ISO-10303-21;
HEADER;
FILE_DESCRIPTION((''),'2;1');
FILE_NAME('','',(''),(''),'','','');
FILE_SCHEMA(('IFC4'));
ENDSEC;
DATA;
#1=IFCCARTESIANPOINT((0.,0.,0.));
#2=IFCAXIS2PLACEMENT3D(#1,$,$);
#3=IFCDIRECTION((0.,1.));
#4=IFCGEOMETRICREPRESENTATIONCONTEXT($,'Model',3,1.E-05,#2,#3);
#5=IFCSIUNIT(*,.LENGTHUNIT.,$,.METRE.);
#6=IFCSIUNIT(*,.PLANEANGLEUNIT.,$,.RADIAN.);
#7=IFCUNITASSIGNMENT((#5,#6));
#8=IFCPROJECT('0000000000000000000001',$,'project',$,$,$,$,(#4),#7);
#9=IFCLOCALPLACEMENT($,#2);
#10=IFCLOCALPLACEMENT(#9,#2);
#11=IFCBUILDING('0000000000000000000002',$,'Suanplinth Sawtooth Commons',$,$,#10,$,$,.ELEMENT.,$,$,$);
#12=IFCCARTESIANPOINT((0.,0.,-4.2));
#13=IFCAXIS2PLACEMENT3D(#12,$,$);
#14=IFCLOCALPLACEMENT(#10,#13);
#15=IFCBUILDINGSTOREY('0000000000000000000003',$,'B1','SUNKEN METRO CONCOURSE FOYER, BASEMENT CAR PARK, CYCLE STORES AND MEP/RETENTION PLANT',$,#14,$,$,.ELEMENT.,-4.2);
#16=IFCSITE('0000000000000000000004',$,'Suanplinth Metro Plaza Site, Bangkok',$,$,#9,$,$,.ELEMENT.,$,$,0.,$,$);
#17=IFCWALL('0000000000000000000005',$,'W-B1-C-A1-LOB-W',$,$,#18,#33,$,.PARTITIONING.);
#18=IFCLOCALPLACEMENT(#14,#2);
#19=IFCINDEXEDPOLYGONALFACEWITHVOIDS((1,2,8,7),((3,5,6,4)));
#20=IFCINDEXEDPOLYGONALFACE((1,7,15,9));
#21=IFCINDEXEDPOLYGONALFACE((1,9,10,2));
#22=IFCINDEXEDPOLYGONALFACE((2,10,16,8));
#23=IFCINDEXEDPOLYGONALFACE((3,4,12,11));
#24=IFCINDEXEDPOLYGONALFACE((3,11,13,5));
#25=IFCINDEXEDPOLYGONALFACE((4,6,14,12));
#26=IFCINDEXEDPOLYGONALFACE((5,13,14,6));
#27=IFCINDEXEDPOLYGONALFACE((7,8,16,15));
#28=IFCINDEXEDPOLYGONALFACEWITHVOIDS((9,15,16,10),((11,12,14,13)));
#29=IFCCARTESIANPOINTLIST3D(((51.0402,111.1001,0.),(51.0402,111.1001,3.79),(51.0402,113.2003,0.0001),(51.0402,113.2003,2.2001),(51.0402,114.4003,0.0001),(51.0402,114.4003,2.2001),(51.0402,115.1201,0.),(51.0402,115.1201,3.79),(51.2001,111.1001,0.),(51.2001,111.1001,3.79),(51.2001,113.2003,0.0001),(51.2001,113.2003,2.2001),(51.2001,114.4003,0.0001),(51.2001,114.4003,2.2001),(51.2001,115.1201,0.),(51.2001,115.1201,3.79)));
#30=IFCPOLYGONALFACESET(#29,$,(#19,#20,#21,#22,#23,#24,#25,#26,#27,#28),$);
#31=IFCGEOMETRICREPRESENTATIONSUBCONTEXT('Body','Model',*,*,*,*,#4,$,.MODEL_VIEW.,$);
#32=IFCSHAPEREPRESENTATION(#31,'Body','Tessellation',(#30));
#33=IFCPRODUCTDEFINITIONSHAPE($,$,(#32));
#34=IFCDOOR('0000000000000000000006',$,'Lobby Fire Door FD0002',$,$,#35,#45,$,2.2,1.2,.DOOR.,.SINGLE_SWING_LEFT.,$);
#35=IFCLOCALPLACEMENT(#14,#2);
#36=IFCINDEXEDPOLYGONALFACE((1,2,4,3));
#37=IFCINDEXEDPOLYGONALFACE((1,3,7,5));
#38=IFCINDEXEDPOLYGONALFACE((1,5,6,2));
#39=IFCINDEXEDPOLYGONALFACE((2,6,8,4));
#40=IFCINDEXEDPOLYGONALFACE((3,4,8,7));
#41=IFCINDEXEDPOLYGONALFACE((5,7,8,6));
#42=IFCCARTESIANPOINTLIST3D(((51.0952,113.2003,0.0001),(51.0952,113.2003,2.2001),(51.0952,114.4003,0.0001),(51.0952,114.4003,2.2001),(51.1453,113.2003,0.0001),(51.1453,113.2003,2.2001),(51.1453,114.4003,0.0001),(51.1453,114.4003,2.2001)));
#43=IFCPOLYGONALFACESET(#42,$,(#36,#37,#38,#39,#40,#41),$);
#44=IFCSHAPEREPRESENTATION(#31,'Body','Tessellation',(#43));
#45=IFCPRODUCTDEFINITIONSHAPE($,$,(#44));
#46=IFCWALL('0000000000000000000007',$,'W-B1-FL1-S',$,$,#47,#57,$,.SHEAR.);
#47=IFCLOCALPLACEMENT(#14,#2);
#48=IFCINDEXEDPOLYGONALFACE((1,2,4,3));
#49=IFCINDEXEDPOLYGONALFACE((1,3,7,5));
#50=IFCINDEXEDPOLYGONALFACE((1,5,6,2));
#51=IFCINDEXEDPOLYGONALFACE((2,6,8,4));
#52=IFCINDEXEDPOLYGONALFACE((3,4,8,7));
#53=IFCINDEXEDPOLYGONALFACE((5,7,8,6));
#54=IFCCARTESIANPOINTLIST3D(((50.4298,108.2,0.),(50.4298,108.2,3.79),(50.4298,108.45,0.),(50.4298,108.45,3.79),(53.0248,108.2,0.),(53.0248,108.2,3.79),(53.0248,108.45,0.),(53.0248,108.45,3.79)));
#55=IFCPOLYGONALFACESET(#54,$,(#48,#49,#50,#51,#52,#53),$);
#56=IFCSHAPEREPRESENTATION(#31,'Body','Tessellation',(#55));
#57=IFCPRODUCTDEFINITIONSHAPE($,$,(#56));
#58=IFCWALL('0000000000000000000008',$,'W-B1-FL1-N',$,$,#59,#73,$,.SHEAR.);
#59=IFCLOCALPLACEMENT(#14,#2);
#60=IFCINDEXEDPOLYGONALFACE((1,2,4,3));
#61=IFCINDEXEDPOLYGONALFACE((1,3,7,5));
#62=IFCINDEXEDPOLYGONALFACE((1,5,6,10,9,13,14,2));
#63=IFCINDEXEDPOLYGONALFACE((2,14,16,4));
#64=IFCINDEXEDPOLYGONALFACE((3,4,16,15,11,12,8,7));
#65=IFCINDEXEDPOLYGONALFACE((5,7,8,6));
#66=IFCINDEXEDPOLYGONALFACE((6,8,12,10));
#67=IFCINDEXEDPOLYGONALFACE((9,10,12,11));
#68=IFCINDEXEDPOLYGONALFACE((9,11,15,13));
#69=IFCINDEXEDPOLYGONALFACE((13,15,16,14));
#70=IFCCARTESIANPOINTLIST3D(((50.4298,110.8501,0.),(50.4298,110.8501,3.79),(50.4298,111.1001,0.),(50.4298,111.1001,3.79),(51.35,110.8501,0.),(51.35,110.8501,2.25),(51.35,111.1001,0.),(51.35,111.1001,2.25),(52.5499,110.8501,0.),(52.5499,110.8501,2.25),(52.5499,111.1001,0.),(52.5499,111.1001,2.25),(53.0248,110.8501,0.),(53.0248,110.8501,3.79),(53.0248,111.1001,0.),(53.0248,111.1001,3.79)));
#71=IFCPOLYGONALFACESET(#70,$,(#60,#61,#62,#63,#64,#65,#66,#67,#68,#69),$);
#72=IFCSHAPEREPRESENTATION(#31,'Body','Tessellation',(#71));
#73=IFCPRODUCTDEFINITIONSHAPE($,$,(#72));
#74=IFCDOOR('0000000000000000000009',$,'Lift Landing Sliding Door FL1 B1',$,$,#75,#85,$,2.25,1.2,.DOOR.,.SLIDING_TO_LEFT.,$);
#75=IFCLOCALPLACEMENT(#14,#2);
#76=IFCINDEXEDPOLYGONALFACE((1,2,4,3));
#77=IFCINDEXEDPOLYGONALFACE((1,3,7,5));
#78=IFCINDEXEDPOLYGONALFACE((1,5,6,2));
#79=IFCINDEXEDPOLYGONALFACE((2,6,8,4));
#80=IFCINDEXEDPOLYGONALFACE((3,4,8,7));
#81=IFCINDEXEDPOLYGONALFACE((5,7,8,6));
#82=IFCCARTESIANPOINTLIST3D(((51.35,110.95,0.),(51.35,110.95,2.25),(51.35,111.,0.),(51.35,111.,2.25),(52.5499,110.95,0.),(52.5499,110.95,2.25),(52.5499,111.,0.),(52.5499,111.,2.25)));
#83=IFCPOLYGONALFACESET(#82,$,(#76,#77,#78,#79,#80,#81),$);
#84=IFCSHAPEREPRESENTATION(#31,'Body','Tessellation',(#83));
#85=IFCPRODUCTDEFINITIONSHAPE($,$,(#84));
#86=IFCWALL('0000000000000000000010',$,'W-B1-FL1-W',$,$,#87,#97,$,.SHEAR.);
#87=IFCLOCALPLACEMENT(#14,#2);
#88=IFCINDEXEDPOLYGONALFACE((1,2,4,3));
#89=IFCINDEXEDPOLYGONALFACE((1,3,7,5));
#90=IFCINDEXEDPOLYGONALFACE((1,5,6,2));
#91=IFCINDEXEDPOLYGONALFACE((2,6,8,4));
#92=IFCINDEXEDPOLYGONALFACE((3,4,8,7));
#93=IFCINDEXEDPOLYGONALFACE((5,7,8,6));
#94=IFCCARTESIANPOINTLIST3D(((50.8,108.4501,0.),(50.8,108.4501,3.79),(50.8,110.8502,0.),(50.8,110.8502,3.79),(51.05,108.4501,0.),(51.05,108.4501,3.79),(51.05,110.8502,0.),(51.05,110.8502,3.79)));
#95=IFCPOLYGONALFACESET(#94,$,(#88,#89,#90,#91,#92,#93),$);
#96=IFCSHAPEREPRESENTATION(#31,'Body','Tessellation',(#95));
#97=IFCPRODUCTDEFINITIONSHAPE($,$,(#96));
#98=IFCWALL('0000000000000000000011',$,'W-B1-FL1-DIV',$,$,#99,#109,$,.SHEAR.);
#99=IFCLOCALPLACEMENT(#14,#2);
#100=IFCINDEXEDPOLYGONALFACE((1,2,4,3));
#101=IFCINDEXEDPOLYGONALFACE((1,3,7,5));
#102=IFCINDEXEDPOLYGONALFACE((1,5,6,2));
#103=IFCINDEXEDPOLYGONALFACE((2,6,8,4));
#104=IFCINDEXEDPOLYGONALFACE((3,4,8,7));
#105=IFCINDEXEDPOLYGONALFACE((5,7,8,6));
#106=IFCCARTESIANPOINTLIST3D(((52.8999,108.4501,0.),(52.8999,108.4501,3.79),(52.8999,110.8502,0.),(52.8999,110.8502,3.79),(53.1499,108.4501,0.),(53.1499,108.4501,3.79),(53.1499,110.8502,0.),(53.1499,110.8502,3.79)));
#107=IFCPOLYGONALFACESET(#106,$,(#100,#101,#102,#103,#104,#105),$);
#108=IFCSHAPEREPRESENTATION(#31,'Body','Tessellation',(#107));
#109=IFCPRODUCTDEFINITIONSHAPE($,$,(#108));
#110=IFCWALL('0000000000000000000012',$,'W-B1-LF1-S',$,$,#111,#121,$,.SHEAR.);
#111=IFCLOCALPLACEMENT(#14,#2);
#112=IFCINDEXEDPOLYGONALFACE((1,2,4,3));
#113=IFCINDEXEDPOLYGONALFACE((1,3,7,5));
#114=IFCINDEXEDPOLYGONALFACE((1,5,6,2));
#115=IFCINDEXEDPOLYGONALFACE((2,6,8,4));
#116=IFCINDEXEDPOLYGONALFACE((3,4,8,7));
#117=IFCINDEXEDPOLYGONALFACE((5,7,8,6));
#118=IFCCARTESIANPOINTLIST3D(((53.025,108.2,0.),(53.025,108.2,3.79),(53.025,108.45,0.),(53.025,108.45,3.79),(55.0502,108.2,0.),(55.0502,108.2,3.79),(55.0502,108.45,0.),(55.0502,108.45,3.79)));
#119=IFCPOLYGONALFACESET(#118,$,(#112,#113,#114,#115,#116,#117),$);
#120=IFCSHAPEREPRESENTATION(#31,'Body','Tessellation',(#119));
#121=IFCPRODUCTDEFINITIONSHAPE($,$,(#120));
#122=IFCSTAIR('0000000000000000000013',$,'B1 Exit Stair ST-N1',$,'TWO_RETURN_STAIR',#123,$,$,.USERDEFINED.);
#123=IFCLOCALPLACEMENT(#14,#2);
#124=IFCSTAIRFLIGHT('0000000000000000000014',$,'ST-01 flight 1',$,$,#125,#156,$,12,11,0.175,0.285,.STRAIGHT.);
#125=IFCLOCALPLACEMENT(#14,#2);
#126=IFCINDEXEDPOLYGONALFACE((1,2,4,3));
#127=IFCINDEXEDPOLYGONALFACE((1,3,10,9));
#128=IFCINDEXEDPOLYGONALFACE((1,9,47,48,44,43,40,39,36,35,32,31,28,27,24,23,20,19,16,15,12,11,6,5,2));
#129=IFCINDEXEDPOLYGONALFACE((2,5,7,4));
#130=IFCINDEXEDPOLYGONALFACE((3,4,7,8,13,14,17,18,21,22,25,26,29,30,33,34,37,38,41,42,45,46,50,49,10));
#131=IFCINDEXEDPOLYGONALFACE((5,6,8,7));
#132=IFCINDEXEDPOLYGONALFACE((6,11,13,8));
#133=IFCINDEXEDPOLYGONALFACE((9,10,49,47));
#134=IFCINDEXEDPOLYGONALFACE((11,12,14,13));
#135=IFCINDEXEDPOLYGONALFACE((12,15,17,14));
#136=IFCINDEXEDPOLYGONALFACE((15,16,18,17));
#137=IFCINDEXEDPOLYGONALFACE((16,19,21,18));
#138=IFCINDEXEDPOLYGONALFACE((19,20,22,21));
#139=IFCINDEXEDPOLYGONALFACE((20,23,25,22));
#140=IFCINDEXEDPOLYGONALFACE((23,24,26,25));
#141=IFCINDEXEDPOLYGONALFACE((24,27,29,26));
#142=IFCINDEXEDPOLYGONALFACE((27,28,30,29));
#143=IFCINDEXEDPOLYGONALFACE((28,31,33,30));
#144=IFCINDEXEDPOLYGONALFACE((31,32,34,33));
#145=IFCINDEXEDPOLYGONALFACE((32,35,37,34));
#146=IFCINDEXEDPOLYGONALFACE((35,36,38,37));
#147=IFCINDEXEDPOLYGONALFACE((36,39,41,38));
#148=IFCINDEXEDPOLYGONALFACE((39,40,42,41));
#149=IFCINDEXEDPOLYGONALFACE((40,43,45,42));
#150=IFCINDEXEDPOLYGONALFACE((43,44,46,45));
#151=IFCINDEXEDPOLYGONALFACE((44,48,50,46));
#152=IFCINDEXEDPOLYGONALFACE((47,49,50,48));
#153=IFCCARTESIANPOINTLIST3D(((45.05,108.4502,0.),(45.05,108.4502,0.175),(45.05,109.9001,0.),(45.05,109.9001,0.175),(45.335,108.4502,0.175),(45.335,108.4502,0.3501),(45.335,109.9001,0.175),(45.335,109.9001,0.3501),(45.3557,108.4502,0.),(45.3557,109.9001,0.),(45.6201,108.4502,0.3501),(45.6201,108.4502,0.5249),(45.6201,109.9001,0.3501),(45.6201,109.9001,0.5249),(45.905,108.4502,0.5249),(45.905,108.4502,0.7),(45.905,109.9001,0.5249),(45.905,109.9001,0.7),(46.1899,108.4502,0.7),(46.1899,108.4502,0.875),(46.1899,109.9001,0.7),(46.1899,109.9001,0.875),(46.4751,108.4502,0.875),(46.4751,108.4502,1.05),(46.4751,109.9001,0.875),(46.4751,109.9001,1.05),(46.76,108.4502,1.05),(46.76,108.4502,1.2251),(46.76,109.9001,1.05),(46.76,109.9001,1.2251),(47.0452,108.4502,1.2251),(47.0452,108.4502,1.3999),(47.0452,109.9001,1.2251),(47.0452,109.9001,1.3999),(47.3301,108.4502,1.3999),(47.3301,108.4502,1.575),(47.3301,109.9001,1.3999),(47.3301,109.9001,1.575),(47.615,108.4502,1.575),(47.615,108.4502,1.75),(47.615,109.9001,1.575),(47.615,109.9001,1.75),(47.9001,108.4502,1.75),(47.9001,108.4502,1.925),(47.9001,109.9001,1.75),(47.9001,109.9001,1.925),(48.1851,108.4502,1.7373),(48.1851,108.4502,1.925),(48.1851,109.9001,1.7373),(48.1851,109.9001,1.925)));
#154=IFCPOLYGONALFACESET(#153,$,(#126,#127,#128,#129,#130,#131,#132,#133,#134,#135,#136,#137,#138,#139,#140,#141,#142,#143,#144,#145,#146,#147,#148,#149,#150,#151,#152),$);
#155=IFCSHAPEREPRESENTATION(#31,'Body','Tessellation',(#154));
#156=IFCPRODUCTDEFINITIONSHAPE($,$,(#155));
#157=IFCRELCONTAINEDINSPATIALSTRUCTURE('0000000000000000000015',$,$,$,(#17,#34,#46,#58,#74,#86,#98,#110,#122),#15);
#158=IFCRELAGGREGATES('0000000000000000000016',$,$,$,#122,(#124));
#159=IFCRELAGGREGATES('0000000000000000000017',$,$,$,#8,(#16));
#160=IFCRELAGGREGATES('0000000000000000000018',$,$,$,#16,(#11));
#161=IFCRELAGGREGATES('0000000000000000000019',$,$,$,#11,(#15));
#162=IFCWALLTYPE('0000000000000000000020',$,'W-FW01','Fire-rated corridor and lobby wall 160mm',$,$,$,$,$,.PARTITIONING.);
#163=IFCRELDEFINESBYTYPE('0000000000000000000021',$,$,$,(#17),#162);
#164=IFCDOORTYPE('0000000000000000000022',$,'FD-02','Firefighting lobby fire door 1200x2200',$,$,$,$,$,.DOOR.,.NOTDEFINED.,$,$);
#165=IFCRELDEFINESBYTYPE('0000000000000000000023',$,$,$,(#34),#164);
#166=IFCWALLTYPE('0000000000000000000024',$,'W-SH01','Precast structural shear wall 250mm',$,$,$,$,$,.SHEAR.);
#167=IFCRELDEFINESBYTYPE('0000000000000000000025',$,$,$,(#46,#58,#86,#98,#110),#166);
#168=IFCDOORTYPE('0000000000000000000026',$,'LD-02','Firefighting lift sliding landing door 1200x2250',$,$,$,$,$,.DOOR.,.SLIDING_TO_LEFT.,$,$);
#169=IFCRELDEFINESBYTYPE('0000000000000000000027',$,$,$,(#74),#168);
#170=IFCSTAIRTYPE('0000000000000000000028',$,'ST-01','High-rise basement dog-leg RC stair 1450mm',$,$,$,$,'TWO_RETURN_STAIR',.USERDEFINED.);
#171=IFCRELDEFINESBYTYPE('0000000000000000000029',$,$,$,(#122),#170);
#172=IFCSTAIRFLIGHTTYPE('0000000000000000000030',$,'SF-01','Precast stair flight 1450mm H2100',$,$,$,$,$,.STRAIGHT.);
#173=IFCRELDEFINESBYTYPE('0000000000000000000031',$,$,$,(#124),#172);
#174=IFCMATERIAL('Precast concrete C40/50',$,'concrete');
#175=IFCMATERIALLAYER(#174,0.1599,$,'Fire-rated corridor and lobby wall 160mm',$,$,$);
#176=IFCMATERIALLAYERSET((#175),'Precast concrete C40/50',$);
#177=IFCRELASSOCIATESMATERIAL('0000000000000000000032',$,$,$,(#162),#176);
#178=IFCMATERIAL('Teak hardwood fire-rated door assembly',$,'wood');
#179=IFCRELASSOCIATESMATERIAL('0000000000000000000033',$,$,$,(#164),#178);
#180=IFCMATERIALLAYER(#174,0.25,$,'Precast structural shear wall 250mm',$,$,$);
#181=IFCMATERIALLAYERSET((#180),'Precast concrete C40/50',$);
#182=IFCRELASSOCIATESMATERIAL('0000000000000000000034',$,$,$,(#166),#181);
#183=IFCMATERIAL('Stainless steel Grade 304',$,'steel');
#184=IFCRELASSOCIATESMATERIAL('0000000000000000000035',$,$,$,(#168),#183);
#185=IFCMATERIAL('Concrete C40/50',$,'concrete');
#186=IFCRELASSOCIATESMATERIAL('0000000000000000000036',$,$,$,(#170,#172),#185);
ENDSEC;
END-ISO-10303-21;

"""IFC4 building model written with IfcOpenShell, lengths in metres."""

from ifc_helpers import new_model, si_unit, direction, frame, frame_2d, origin, place, context, subcontext, project, spatial, polyline, rectangle, outline, extrude, material, layer, layer_set, type_object, element, fill, aggregate, save


model = new_model("IFC4")

# Units and contexts
model_context = context("Model", 3, precision=1e-05, world=origin(), true_north=direction((0.0, 1.0)))
body_context = subcontext(model_context, "Body", "Model", "MODEL_VIEW")
ifc_project = project(units=[si_unit("LENGTHUNIT", "METRE"), si_unit("PLANEANGLEUNIT", "RADIAN")], contexts=[model_context])

# Site, building, storey
site_placement = place(None, origin())
site = spatial("IfcSite", under=ifc_project, at=site_placement, Name="Suanplinth Metro Plaza Site, Bangkok", CompositionType="ELEMENT", RefElevation=0.0)
building_placement = place(site_placement, origin())
building = spatial("IfcBuilding", under=site, at=building_placement, Name="Suanplinth Sawtooth Commons", CompositionType="ELEMENT")
storey_placement = place(building_placement, frame((0.0, 0.0, -4.2)))
storey = spatial("IfcBuildingStorey", under=building, at=storey_placement, Name="B1", Description="SUNKEN METRO CONCOURSE FOYER, BASEMENT CAR PARK, CYCLE STORES AND MEP/RETENTION PLANT", CompositionType="ELEMENT", Elevation=-4.2)

# Shared definitions
ifc_material_1 = material(Name="Concrete C40/50", Category="concrete")

# Wall, opening, door
ifc_material_2 = material(Name="Precast concrete C40/50", Category="concrete")
ifc_layer_1 = layer(ifc_material_2, 0.1599, Name="Fire-rated corridor and lobby wall 160mm")
ifc_layer_set_1 = layer_set([ifc_layer_1], Name="Precast concrete C40/50")
wall_type_1 = type_object("IfcWallType", Name="W-FW01", Description="Fire-rated corridor and lobby wall 160mm", PredefinedType="PARTITIONING", material=ifc_layer_set_1)
wall_1_placement = place(storey_placement, frame((51.1201, 111.1001, 0.0), z_axis=(0.0, 0.0, 1.0), x_axis=(0.0, 1.0, 0.0)))
wall_1 = element("IfcWall", 1, at=wall_1_placement, inside=storey, type_object=wall_type_1, Name="W-B1-C-A1-LOB-W", PredefinedType="PARTITIONING", context=body_context, shape_type="SweptSolid", body=[
    extrude(rectangle(XDim=4.02, YDim=0.1599, at=frame_2d((2.01, 0.0))), origin(), (0.0, 0.0, 1.0), 3.79),
])
opening_1_placement = place(wall_1_placement, frame((2.1001, 0.0, 0.0)))
opening_1 = element("IfcOpeningElement", 2, at=opening_1_placement, cuts=wall_1, PredefinedType="OPENING", context=body_context, shape_type="SweptSolid", body=[
    extrude(rectangle(XDim=1.2, YDim=2.2, at=frame_2d((0.6001, 1.1001))), frame((0.0, 0.0947, 0.0), z_axis=(0.0, -1.0, 0.0), x_axis=(1.0, 0.0, 0.0)), (0.0, 0.0, 1.0), 0.1897),
])
ifc_material_3 = material(Name="Teak hardwood fire-rated door assembly", Category="wood")
door_type_1 = type_object("IfcDoorType", Name="FD-02", Description="Firefighting lobby fire door 1200x2200", OperationType="NOTDEFINED", PredefinedType="DOOR", material=ifc_material_3)
door_1_placement = place(opening_1_placement, origin())
door_1 = element("IfcDoor", 3, at=door_1_placement, inside=storey, type_object=door_type_1, Name="Lobby Fire Door FD0002", OperationType="SINGLE_SWING_LEFT", OverallHeight=2.2, OverallWidth=1.2, PredefinedType="DOOR", context=body_context, shape_type="SweptSolid", body=[
    extrude(rectangle(XDim=1.2, YDim=2.2, at=frame_2d((0.6001, 1.1001))), frame((0.0, 0.0249, 0.0), z_axis=(0.0, -1.0, 0.0), x_axis=(1.0, 0.0, 0.0)), (0.0, 0.0, 1.0), 0.05),
])
fill(opening_1, door_1)

# Wall
ifc_layer_2 = layer(ifc_material_2, 0.25, Name="Precast structural shear wall 250mm")
ifc_layer_set_2 = layer_set([ifc_layer_2], Name="Precast concrete C40/50")
wall_type_2 = type_object("IfcWallType", Name="W-SH01", Description="Precast structural shear wall 250mm", PredefinedType="SHEAR", material=ifc_layer_set_2)
wall_2_placement = place(storey_placement, frame((50.4299, 108.325, 0.0), z_axis=(0.0, 0.0, 1.0), x_axis=(1.0, 0.0, 0.0)))
element("IfcWall", 4, at=wall_2_placement, inside=storey, type_object=wall_type_2, Name="W-B1-FL1-S", PredefinedType="SHEAR", context=body_context, shape_type="SweptSolid", body=[
    extrude(rectangle(XDim=2.595, YDim=0.25, at=frame_2d((1.2974, 0.0))), origin(), (0.0, 0.0, 1.0), 3.79),
])

# Wall, opening, door
wall_3_placement = place(storey_placement, frame((50.4299, 110.9751, 0.0), z_axis=(0.0, 0.0, 1.0), x_axis=(1.0, 0.0, 0.0)))
wall_3 = element("IfcWall", 5, at=wall_3_placement, inside=storey, type_object=wall_type_2, Name="W-B1-FL1-N", PredefinedType="SHEAR", context=body_context, shape_type="SweptSolid", body=[
    extrude(rectangle(XDim=2.595, YDim=0.25, at=frame_2d((1.2974, 0.0))), origin(), (0.0, 0.0, 1.0), 3.79),
])
opening_2_placement = place(wall_3_placement, frame((0.9199, 0.0, 0.0)))
opening_2 = element("IfcOpeningElement", 6, at=opening_2_placement, cuts=wall_3, PredefinedType="OPENING", context=body_context, shape_type="SweptSolid", body=[
    extrude(rectangle(XDim=1.2, YDim=2.25, at=frame_2d((0.6001, 1.125))), frame((0.0, 0.1399, 0.0), z_axis=(0.0, -1.0, 0.0), x_axis=(1.0, 0.0, 0.0)), (0.0, 0.0, 1.0), 0.2798),
])
ifc_material_4 = material(Name="Stainless steel Grade 304", Category="steel")
door_type_2 = type_object("IfcDoorType", Name="LD-02", Description="Firefighting lift sliding landing door 1200x2250", OperationType="SLIDING_TO_LEFT", PredefinedType="DOOR", material=ifc_material_4)
door_2_placement = place(opening_2_placement, origin())
door_2 = element("IfcDoor", 7, at=door_2_placement, inside=storey, type_object=door_type_2, Name="Lift Landing Sliding Door FL1 B1", OperationType="SLIDING_TO_LEFT", OverallHeight=2.25, OverallWidth=1.2, PredefinedType="DOOR", context=body_context, shape_type="SweptSolid", body=[
    extrude(rectangle(XDim=1.2, YDim=2.25, at=frame_2d((0.6001, 1.125))), frame((0.0, 0.0249, 0.0), z_axis=(0.0, -1.0, 0.0), x_axis=(1.0, 0.0, 0.0)), (0.0, 0.0, 1.0), 0.05),
])
fill(opening_2, door_2)

# Walls
for number, where, z_axis, x_axis, name in (
    (8, (50.925, 108.45, 0.0), (0.0, 0.0, 1.0), (0.0, 1.0, 0.0), "W-B1-FL1-W"),
    (9, (53.0249, 108.45, 0.0), (0.0, 0.0, 1.0), (0.0, 1.0, 0.0), "W-B1-FL1-DIV"),
):
    element("IfcWall", number, at=place(storey_placement, frame(where, z_axis=z_axis, x_axis=x_axis)), inside=storey, type_object=wall_type_2, Name=name, PredefinedType="SHEAR", context=body_context, shape_type="SweptSolid", body=[
        extrude(rectangle(XDim=2.4001, YDim=0.25, at=frame_2d((1.2002, 0.0))), origin(), (0.0, 0.0, 1.0), 3.79),
    ])
wall_4_placement = place(storey_placement, frame((53.0249, 108.325, 0.0), z_axis=(0.0, 0.0, 1.0), x_axis=(1.0, 0.0, 0.0)))
element("IfcWall", 10, at=wall_4_placement, inside=storey, type_object=wall_type_2, Name="W-B1-LF1-S", PredefinedType="SHEAR", context=body_context, shape_type="SweptSolid", body=[
    extrude(rectangle(XDim=2.0251, YDim=0.25, at=frame_2d((1.0127, 0.0))), origin(), (0.0, 0.0, 1.0), 3.79),
])

# Stair, stair flight
stair_type = type_object("IfcStairType", Name="ST-01", Description="High-rise basement dog-leg RC stair 1450mm", ElementType="TWO_RETURN_STAIR", PredefinedType="USERDEFINED", material=ifc_material_1)
stair_placement = place(storey_placement, origin())
stair = element("IfcStair", 11, at=stair_placement, inside=storey, type_object=stair_type, Name="B1 Exit Stair ST-N1", ObjectType="TWO_RETURN_STAIR", PredefinedType="USERDEFINED")
stair_flight_type = type_object("IfcStairFlightType", Name="SF-01", Description="Precast stair flight 1450mm H2100", PredefinedType="STRAIGHT", material=ifc_material_1)
stair_flight_1_placement = place(storey_placement, frame((45.05, 109.175, 0.0), z_axis=(0.0, 0.0, 1.0), x_axis=(1.0, 0.0, 0.0)))
stair_flight_1 = element("IfcStairFlight", 12, at=stair_flight_1_placement, type_object=stair_flight_type, Name="ST-01 flight 1", NumberOfRisers=12, NumberOfTreads=11, PredefinedType="STRAIGHT", RiserHeight=0.175, TreadLength=0.285, context=body_context, shape_type="SweptSolid", body=[
    extrude(outline(polyline([(0.0, 0.0), (0.0, 0.175), (0.2849, 0.175), (0.2849, 0.3501), (0.5701, 0.3501), (0.5701, 0.5249), (0.855, 0.5249), (0.855, 0.7), (1.1399, 0.7), (1.1399, 0.875), (1.425, 0.875), (1.425, 1.05), (1.71, 1.05), (1.71, 1.2251), (1.9951, 1.2251), (1.9951, 1.3999), (2.28, 1.3999), (2.28, 1.575), (2.5649, 1.575), (2.5649, 1.75), (2.8501, 1.75), (2.8501, 1.925), (3.135, 1.925), (3.135, 2.1001), (3.135, 1.7373), (0.3057, 0.0), (0.0, 0.0)])), frame((0.0, 0.7251, 0.0), z_axis=(0.0, -1.0, 0.0), x_axis=(1.0, 0.0, 0.0)), (0.0, 0.0, 1.0), 1.45),
])
aggregate(stair, [stair_flight_1])

save(model, "model.ifc")
